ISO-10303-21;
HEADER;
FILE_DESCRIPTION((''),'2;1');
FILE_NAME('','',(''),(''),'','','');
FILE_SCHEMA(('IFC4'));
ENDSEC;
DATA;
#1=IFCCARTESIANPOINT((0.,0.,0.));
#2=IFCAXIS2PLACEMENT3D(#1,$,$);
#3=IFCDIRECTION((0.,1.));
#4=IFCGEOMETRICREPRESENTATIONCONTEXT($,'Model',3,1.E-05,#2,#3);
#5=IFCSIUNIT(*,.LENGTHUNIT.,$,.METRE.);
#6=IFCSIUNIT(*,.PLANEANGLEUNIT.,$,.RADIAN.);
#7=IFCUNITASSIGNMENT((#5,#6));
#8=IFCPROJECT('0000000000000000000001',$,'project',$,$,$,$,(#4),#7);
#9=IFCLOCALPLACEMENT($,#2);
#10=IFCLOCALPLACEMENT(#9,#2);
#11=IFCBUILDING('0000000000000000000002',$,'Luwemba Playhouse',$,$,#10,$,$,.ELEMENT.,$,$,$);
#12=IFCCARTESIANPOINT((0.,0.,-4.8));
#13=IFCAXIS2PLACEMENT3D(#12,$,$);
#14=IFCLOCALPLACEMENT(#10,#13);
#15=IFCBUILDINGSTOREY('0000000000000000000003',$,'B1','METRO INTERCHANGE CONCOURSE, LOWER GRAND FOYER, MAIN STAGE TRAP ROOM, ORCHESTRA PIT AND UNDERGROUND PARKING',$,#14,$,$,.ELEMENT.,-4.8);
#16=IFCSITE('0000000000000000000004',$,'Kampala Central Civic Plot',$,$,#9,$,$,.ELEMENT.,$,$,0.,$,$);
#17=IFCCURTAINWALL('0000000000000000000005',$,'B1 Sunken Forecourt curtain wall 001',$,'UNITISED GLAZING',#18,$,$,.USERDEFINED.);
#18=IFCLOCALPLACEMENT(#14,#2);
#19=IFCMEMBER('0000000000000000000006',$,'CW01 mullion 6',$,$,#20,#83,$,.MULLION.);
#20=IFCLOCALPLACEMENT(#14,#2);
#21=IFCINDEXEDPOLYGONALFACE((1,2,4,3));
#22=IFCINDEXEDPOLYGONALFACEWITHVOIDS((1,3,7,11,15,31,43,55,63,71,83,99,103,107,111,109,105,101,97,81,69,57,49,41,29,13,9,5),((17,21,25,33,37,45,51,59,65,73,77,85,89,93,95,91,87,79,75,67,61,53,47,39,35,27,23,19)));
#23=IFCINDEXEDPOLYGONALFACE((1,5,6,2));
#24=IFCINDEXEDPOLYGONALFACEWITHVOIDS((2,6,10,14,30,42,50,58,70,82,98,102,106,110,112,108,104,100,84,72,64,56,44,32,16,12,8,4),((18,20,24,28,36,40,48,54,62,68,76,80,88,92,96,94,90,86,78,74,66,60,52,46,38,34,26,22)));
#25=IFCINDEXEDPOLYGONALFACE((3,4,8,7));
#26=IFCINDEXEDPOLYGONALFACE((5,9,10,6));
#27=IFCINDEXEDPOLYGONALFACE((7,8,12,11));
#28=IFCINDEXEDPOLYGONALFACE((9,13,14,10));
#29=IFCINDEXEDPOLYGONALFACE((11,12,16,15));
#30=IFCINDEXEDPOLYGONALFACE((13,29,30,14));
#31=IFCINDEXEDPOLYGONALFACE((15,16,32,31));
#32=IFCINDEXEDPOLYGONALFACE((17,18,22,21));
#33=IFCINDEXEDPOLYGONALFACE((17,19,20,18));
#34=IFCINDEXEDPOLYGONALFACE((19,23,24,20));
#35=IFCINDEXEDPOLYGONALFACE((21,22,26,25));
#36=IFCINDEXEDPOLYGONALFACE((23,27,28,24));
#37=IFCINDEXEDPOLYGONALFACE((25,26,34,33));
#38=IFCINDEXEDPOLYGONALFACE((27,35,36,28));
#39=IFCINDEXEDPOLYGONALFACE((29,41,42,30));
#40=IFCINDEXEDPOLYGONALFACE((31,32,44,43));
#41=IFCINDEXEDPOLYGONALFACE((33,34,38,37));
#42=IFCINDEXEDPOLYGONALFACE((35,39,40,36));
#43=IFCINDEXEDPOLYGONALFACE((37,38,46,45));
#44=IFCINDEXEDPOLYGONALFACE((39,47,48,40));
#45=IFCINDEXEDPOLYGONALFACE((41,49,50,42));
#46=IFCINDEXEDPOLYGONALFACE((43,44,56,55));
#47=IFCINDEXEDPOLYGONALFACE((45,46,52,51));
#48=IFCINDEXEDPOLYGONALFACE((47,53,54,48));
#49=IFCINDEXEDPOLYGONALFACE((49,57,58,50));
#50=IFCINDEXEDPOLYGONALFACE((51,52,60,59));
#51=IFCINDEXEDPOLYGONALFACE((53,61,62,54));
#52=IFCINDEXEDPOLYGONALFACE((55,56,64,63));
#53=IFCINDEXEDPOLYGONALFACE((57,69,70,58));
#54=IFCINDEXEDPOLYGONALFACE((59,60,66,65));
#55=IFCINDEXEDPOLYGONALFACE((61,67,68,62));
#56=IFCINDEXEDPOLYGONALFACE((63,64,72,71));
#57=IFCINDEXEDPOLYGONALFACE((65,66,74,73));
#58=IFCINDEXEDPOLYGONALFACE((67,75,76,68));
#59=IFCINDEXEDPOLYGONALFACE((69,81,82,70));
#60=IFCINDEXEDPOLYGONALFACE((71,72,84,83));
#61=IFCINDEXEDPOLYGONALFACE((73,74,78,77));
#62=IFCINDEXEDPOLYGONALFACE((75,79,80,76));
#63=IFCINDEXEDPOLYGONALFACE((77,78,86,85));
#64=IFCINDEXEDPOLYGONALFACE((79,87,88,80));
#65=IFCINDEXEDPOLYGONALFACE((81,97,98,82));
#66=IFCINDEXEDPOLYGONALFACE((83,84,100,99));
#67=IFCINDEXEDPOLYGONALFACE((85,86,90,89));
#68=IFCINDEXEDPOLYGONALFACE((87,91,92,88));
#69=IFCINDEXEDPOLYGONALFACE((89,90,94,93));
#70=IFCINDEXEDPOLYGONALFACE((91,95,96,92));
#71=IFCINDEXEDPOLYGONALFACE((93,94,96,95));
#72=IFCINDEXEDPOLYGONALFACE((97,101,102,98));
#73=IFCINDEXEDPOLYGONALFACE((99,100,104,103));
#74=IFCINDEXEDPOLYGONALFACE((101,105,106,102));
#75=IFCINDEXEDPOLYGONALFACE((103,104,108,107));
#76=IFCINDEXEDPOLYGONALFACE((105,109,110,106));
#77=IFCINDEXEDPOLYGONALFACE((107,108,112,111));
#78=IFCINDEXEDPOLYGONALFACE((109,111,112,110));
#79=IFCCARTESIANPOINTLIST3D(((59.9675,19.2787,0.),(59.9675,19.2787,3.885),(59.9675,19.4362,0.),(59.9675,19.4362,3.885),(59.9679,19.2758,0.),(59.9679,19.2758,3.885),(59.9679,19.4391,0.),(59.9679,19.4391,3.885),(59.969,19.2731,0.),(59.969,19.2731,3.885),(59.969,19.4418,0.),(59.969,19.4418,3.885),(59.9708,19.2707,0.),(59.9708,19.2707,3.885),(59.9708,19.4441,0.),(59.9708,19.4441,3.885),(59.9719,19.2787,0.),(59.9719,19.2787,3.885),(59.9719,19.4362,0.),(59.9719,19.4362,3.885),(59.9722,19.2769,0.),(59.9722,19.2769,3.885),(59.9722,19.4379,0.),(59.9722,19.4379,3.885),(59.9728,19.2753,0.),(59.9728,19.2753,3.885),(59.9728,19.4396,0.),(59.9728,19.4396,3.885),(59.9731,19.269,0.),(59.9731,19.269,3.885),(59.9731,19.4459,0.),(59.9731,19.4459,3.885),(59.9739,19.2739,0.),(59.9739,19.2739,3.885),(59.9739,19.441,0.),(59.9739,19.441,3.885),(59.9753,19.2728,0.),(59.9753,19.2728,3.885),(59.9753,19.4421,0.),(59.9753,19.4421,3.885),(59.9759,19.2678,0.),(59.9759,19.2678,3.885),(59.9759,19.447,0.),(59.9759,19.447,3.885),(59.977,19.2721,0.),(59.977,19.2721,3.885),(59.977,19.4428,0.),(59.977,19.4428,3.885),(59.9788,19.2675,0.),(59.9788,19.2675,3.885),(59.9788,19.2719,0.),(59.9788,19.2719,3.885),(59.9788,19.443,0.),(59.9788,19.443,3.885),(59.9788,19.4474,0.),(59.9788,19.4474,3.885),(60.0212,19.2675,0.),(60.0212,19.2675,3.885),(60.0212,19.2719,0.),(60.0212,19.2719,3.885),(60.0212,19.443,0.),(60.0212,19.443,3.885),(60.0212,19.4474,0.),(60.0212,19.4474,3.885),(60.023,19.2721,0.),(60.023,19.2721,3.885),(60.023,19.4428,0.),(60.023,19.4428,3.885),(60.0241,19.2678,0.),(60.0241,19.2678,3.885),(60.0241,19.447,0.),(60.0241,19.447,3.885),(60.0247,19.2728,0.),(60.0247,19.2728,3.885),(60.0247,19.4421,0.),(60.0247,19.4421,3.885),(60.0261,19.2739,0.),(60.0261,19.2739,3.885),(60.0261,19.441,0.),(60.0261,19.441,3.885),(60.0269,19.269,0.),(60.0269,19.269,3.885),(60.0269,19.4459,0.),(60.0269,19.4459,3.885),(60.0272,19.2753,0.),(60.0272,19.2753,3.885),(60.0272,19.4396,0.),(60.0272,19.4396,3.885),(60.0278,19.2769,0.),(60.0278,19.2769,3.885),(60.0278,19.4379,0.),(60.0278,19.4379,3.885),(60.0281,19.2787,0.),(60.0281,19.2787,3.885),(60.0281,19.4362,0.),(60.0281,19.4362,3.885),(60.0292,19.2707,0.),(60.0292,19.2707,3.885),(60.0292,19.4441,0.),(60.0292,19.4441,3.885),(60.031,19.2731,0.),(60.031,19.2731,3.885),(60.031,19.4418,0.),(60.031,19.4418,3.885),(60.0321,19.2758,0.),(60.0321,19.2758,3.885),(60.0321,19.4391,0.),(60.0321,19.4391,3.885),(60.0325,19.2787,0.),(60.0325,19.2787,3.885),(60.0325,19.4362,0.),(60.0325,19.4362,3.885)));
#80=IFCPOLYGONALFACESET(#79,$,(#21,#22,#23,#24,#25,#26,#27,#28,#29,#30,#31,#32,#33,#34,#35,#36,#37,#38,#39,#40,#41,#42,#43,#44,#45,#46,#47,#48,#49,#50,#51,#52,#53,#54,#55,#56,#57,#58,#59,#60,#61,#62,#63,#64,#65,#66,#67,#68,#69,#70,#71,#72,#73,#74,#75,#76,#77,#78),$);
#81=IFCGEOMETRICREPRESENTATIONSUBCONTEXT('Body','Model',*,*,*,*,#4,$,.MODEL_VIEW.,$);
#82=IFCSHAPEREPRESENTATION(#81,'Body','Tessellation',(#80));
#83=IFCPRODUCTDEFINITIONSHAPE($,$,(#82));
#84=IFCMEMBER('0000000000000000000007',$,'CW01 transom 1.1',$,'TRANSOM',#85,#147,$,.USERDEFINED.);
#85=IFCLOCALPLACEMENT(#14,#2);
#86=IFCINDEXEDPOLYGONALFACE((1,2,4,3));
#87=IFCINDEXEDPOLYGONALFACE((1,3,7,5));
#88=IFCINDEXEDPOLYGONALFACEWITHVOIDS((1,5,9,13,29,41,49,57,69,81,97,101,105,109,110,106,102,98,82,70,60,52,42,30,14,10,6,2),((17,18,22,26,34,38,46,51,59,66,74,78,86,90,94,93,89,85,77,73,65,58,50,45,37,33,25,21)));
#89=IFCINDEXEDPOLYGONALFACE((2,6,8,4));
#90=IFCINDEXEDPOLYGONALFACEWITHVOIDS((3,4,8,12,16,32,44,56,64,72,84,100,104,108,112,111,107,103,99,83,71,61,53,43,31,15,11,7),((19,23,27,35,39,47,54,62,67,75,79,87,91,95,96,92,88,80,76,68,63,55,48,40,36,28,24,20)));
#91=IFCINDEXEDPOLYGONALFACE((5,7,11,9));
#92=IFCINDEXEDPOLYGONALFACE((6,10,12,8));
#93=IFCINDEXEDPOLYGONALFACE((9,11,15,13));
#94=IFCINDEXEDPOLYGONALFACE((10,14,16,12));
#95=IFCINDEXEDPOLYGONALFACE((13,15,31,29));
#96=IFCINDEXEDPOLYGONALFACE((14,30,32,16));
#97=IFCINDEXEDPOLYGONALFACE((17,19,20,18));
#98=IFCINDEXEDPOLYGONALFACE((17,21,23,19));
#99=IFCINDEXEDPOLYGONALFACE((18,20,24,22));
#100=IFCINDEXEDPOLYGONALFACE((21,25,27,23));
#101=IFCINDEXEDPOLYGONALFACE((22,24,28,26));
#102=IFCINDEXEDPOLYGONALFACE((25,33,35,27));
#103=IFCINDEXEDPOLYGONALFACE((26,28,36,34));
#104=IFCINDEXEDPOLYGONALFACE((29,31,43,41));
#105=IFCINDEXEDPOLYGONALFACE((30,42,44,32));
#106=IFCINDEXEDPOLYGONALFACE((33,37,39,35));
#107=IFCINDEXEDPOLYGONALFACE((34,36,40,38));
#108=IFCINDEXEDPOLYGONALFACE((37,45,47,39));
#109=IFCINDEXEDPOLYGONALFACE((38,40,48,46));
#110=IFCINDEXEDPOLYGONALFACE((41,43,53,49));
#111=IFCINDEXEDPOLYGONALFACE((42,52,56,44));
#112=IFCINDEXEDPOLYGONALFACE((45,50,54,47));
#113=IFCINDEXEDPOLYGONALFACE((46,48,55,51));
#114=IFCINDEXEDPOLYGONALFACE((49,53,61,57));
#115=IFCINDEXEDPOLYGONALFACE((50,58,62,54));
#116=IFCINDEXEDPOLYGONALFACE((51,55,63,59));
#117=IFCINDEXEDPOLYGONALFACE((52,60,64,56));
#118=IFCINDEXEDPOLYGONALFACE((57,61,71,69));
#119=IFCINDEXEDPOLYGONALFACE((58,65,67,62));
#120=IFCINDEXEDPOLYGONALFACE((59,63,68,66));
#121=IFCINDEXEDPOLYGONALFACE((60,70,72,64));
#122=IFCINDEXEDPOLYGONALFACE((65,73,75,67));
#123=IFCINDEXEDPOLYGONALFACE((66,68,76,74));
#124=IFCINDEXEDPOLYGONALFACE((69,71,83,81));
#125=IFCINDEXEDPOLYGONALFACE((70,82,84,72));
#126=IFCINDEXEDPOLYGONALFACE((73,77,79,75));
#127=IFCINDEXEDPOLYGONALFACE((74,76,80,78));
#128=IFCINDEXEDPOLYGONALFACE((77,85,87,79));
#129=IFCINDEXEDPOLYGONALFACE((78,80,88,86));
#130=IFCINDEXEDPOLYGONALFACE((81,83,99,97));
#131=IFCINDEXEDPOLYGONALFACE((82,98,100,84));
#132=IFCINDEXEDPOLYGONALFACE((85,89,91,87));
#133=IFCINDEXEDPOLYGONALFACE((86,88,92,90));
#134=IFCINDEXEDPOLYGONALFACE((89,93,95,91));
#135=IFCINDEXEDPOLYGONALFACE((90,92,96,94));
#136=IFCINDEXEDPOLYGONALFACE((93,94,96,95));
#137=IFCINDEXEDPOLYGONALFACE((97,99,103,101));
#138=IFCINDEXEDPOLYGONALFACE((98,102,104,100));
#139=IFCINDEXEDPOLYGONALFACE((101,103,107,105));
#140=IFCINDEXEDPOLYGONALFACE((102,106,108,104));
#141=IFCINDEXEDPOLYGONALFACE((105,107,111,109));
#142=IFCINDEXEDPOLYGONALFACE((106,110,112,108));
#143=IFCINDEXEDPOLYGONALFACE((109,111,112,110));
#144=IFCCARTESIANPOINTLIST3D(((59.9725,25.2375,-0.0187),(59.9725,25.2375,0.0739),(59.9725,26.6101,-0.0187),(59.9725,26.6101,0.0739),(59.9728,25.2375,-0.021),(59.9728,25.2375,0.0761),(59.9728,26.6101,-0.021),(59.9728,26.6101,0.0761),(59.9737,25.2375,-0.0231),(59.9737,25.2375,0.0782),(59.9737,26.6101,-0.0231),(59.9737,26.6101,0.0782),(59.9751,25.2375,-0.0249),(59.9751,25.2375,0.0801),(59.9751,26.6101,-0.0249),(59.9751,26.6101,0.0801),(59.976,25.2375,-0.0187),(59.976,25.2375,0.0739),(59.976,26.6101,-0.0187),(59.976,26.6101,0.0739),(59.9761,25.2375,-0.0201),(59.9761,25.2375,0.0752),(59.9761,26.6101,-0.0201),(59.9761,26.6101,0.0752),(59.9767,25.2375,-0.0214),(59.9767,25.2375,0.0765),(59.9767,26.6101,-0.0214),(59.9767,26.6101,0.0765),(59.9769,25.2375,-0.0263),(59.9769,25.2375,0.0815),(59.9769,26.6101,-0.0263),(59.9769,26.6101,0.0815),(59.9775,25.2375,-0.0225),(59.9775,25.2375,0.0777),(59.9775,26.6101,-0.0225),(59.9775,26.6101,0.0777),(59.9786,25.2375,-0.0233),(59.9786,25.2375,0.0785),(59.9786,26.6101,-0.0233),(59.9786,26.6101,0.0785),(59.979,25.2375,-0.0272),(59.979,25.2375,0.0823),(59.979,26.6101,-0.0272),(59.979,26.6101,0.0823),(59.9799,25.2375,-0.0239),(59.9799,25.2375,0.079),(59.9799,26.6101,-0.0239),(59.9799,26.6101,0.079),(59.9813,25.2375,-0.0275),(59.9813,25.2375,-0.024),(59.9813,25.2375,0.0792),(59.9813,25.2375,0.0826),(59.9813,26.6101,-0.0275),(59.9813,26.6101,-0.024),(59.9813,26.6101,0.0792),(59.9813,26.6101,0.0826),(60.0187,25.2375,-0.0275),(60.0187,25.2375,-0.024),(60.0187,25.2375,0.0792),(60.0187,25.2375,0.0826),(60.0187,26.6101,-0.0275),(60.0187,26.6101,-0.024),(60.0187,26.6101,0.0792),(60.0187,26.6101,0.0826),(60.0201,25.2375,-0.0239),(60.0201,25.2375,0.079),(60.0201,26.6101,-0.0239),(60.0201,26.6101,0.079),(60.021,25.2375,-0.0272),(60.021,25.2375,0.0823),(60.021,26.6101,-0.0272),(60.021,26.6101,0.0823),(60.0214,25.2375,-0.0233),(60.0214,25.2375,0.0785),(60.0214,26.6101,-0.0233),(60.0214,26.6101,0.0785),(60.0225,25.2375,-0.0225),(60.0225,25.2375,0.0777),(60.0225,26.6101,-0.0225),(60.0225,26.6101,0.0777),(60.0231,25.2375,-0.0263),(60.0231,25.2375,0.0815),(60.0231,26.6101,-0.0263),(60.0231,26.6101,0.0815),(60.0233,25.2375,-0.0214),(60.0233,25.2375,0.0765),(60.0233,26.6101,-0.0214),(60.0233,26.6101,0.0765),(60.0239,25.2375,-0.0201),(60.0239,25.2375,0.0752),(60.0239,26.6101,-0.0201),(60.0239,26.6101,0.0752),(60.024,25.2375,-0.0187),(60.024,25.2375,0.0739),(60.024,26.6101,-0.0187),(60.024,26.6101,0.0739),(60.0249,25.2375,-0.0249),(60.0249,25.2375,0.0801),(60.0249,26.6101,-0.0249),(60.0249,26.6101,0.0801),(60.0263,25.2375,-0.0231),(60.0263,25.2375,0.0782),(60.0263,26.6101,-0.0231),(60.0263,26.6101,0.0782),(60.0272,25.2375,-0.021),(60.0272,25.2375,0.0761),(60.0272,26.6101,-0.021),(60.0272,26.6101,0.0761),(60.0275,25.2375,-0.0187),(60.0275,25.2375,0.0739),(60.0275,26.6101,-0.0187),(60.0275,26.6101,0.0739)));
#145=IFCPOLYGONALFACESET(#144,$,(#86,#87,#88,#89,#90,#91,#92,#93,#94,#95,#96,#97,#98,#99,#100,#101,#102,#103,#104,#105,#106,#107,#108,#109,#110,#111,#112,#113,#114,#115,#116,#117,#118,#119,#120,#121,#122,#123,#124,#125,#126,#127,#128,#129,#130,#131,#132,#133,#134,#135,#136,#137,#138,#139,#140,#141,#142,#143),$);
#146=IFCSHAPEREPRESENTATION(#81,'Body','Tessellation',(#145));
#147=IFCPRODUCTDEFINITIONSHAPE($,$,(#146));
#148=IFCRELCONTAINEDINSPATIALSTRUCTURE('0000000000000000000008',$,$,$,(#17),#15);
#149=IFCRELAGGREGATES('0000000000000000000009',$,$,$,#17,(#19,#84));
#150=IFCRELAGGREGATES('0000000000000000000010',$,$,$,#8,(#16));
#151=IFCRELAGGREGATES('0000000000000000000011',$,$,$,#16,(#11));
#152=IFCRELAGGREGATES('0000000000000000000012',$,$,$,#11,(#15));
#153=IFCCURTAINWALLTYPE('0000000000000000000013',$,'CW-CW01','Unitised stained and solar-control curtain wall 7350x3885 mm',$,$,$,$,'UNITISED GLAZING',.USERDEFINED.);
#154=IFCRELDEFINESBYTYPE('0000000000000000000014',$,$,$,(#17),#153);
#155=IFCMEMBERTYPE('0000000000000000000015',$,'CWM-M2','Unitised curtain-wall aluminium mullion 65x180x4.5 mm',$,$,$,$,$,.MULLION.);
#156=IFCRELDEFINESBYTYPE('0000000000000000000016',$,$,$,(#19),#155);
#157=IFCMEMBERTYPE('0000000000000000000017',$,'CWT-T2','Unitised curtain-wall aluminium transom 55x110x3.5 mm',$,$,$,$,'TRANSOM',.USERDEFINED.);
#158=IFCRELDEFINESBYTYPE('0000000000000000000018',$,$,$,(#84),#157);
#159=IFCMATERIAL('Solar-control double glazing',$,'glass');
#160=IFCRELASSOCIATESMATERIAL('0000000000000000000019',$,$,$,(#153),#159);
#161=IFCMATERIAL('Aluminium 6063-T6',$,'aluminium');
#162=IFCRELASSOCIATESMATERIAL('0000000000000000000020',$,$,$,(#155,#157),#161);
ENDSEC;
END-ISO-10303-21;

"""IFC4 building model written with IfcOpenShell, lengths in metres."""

from ifc_helpers import new_model, si_unit, direction, frame, origin, origin_2d, place, context, subcontext, project, spatial, hollow_rectangle, extrude, material, material_profile, profile_set, type_object, element, aggregate, save


model = new_model("IFC4")

# Units and contexts
model_context = context("Model", 3, precision=1e-05, world=origin(), true_north=direction((0.0, 1.0)))
body_context = subcontext(model_context, "Body", "Model", "MODEL_VIEW")
ifc_project = project(units=[si_unit("LENGTHUNIT", "METRE"), si_unit("PLANEANGLEUNIT", "RADIAN")], contexts=[model_context])

# Site, building, storey
site_placement = place(None, origin())
site = spatial("IfcSite", under=ifc_project, at=site_placement, Name="Kampala Central Civic Plot", CompositionType="ELEMENT", RefElevation=0.0)
building_placement = place(site_placement, origin())
building = spatial("IfcBuilding", under=site, at=building_placement, Name="Luwemba Playhouse", CompositionType="ELEMENT")
storey_placement = place(building_placement, frame((0.0, 0.0, -4.8)))
storey = spatial("IfcBuildingStorey", under=building, at=storey_placement, Name="B1", Description="METRO INTERCHANGE CONCOURSE, LOWER GRAND FOYER, MAIN STAGE TRAP ROOM, ORCHESTRA PIT AND UNDERGROUND PARKING", CompositionType="ELEMENT", Elevation=-4.8)

# Curtain wall, members
ifc_material_1 = material(Name="Solar-control double glazing", Category="glass")
curtain_wall_type = type_object("IfcCurtainWallType", Name="CW-CW01", Description="Unitised stained and solar-control curtain wall 7350x3885 mm", ElementType="UNITISED GLAZING", PredefinedType="USERDEFINED", material=ifc_material_1)
curtain_wall_placement = place(storey_placement, origin())
curtain_wall = element("IfcCurtainWall", 1, at=curtain_wall_placement, inside=storey, type_object=curtain_wall_type, Name="B1 Sunken Forecourt curtain wall 001", ObjectType="UNITISED GLAZING", PredefinedType="USERDEFINED")
ifc_material_2 = material(Name="Aluminium 6063-T6", Category="aluminium")
ifc_material_profile_1 = material_profile(ifc_material_2, hollow_rectangle(XDim=0.0649, YDim=0.1799, WallThickness=0.0044, InnerFilletRadius=0.0068, OuterFilletRadius=0.0112, at=origin_2d()))
ifc_profile_set_1 = profile_set([ifc_material_profile_1], Name="Aluminium 6063-T6")
member_type_1 = type_object("IfcMemberType", Name="CWM-M2", Description="Unitised curtain-wall aluminium mullion 65x180x4.5 mm", PredefinedType="MULLION", material=ifc_profile_set_1)
member_1_placement = place(storey_placement, frame((60.0, 19.3574, 0.0), z_axis=(0.0, 0.0, 1.0), x_axis=(1.0, 0.0, 0.0)))
member_1 = element("IfcMember", 2, at=member_1_placement, type_object=member_type_1, Name="CW01 mullion 6", PredefinedType="MULLION", context=body_context, shape_type="SweptSolid", body=[
    extrude(hollow_rectangle(XDim=0.0649, YDim=0.1799, WallThickness=0.0044, InnerFilletRadius=0.0068, OuterFilletRadius=0.0112, at=origin_2d()), origin(), (0.0, 0.0, 1.0), 3.885),
])
ifc_material_profile_2 = material_profile(ifc_material_2, hollow_rectangle(XDim=0.0549, YDim=0.1101, WallThickness=0.0034, InnerFilletRadius=0.0054, OuterFilletRadius=0.0088, at=origin_2d()))
ifc_profile_set_2 = profile_set([ifc_material_profile_2], Name="Aluminium 6063-T6")
member_type_2 = type_object("IfcMemberType", Name="CWT-T2", Description="Unitised curtain-wall aluminium transom 55x110x3.5 mm", ElementType="TRANSOM", PredefinedType="USERDEFINED", material=ifc_profile_set_2)
member_2_placement = place(storey_placement, frame((60.0, 26.6101, 0.0276), z_axis=(0.0, -1.0, 0.0), x_axis=(1.0, 0.0, 0.0)))
member_2 = element("IfcMember", 3, at=member_2_placement, type_object=member_type_2, Name="CW01 transom 1.1", ObjectType="TRANSOM", PredefinedType="USERDEFINED", context=body_context, shape_type="SweptSolid", body=[
    extrude(hollow_rectangle(XDim=0.0549, YDim=0.1101, WallThickness=0.0034, InnerFilletRadius=0.0054, OuterFilletRadius=0.0088, at=origin_2d()), origin(), (0.0, 0.0, 1.0), 1.3726),
])
aggregate(curtain_wall, [member_1, member_2])

save(model, "model.ifc")
